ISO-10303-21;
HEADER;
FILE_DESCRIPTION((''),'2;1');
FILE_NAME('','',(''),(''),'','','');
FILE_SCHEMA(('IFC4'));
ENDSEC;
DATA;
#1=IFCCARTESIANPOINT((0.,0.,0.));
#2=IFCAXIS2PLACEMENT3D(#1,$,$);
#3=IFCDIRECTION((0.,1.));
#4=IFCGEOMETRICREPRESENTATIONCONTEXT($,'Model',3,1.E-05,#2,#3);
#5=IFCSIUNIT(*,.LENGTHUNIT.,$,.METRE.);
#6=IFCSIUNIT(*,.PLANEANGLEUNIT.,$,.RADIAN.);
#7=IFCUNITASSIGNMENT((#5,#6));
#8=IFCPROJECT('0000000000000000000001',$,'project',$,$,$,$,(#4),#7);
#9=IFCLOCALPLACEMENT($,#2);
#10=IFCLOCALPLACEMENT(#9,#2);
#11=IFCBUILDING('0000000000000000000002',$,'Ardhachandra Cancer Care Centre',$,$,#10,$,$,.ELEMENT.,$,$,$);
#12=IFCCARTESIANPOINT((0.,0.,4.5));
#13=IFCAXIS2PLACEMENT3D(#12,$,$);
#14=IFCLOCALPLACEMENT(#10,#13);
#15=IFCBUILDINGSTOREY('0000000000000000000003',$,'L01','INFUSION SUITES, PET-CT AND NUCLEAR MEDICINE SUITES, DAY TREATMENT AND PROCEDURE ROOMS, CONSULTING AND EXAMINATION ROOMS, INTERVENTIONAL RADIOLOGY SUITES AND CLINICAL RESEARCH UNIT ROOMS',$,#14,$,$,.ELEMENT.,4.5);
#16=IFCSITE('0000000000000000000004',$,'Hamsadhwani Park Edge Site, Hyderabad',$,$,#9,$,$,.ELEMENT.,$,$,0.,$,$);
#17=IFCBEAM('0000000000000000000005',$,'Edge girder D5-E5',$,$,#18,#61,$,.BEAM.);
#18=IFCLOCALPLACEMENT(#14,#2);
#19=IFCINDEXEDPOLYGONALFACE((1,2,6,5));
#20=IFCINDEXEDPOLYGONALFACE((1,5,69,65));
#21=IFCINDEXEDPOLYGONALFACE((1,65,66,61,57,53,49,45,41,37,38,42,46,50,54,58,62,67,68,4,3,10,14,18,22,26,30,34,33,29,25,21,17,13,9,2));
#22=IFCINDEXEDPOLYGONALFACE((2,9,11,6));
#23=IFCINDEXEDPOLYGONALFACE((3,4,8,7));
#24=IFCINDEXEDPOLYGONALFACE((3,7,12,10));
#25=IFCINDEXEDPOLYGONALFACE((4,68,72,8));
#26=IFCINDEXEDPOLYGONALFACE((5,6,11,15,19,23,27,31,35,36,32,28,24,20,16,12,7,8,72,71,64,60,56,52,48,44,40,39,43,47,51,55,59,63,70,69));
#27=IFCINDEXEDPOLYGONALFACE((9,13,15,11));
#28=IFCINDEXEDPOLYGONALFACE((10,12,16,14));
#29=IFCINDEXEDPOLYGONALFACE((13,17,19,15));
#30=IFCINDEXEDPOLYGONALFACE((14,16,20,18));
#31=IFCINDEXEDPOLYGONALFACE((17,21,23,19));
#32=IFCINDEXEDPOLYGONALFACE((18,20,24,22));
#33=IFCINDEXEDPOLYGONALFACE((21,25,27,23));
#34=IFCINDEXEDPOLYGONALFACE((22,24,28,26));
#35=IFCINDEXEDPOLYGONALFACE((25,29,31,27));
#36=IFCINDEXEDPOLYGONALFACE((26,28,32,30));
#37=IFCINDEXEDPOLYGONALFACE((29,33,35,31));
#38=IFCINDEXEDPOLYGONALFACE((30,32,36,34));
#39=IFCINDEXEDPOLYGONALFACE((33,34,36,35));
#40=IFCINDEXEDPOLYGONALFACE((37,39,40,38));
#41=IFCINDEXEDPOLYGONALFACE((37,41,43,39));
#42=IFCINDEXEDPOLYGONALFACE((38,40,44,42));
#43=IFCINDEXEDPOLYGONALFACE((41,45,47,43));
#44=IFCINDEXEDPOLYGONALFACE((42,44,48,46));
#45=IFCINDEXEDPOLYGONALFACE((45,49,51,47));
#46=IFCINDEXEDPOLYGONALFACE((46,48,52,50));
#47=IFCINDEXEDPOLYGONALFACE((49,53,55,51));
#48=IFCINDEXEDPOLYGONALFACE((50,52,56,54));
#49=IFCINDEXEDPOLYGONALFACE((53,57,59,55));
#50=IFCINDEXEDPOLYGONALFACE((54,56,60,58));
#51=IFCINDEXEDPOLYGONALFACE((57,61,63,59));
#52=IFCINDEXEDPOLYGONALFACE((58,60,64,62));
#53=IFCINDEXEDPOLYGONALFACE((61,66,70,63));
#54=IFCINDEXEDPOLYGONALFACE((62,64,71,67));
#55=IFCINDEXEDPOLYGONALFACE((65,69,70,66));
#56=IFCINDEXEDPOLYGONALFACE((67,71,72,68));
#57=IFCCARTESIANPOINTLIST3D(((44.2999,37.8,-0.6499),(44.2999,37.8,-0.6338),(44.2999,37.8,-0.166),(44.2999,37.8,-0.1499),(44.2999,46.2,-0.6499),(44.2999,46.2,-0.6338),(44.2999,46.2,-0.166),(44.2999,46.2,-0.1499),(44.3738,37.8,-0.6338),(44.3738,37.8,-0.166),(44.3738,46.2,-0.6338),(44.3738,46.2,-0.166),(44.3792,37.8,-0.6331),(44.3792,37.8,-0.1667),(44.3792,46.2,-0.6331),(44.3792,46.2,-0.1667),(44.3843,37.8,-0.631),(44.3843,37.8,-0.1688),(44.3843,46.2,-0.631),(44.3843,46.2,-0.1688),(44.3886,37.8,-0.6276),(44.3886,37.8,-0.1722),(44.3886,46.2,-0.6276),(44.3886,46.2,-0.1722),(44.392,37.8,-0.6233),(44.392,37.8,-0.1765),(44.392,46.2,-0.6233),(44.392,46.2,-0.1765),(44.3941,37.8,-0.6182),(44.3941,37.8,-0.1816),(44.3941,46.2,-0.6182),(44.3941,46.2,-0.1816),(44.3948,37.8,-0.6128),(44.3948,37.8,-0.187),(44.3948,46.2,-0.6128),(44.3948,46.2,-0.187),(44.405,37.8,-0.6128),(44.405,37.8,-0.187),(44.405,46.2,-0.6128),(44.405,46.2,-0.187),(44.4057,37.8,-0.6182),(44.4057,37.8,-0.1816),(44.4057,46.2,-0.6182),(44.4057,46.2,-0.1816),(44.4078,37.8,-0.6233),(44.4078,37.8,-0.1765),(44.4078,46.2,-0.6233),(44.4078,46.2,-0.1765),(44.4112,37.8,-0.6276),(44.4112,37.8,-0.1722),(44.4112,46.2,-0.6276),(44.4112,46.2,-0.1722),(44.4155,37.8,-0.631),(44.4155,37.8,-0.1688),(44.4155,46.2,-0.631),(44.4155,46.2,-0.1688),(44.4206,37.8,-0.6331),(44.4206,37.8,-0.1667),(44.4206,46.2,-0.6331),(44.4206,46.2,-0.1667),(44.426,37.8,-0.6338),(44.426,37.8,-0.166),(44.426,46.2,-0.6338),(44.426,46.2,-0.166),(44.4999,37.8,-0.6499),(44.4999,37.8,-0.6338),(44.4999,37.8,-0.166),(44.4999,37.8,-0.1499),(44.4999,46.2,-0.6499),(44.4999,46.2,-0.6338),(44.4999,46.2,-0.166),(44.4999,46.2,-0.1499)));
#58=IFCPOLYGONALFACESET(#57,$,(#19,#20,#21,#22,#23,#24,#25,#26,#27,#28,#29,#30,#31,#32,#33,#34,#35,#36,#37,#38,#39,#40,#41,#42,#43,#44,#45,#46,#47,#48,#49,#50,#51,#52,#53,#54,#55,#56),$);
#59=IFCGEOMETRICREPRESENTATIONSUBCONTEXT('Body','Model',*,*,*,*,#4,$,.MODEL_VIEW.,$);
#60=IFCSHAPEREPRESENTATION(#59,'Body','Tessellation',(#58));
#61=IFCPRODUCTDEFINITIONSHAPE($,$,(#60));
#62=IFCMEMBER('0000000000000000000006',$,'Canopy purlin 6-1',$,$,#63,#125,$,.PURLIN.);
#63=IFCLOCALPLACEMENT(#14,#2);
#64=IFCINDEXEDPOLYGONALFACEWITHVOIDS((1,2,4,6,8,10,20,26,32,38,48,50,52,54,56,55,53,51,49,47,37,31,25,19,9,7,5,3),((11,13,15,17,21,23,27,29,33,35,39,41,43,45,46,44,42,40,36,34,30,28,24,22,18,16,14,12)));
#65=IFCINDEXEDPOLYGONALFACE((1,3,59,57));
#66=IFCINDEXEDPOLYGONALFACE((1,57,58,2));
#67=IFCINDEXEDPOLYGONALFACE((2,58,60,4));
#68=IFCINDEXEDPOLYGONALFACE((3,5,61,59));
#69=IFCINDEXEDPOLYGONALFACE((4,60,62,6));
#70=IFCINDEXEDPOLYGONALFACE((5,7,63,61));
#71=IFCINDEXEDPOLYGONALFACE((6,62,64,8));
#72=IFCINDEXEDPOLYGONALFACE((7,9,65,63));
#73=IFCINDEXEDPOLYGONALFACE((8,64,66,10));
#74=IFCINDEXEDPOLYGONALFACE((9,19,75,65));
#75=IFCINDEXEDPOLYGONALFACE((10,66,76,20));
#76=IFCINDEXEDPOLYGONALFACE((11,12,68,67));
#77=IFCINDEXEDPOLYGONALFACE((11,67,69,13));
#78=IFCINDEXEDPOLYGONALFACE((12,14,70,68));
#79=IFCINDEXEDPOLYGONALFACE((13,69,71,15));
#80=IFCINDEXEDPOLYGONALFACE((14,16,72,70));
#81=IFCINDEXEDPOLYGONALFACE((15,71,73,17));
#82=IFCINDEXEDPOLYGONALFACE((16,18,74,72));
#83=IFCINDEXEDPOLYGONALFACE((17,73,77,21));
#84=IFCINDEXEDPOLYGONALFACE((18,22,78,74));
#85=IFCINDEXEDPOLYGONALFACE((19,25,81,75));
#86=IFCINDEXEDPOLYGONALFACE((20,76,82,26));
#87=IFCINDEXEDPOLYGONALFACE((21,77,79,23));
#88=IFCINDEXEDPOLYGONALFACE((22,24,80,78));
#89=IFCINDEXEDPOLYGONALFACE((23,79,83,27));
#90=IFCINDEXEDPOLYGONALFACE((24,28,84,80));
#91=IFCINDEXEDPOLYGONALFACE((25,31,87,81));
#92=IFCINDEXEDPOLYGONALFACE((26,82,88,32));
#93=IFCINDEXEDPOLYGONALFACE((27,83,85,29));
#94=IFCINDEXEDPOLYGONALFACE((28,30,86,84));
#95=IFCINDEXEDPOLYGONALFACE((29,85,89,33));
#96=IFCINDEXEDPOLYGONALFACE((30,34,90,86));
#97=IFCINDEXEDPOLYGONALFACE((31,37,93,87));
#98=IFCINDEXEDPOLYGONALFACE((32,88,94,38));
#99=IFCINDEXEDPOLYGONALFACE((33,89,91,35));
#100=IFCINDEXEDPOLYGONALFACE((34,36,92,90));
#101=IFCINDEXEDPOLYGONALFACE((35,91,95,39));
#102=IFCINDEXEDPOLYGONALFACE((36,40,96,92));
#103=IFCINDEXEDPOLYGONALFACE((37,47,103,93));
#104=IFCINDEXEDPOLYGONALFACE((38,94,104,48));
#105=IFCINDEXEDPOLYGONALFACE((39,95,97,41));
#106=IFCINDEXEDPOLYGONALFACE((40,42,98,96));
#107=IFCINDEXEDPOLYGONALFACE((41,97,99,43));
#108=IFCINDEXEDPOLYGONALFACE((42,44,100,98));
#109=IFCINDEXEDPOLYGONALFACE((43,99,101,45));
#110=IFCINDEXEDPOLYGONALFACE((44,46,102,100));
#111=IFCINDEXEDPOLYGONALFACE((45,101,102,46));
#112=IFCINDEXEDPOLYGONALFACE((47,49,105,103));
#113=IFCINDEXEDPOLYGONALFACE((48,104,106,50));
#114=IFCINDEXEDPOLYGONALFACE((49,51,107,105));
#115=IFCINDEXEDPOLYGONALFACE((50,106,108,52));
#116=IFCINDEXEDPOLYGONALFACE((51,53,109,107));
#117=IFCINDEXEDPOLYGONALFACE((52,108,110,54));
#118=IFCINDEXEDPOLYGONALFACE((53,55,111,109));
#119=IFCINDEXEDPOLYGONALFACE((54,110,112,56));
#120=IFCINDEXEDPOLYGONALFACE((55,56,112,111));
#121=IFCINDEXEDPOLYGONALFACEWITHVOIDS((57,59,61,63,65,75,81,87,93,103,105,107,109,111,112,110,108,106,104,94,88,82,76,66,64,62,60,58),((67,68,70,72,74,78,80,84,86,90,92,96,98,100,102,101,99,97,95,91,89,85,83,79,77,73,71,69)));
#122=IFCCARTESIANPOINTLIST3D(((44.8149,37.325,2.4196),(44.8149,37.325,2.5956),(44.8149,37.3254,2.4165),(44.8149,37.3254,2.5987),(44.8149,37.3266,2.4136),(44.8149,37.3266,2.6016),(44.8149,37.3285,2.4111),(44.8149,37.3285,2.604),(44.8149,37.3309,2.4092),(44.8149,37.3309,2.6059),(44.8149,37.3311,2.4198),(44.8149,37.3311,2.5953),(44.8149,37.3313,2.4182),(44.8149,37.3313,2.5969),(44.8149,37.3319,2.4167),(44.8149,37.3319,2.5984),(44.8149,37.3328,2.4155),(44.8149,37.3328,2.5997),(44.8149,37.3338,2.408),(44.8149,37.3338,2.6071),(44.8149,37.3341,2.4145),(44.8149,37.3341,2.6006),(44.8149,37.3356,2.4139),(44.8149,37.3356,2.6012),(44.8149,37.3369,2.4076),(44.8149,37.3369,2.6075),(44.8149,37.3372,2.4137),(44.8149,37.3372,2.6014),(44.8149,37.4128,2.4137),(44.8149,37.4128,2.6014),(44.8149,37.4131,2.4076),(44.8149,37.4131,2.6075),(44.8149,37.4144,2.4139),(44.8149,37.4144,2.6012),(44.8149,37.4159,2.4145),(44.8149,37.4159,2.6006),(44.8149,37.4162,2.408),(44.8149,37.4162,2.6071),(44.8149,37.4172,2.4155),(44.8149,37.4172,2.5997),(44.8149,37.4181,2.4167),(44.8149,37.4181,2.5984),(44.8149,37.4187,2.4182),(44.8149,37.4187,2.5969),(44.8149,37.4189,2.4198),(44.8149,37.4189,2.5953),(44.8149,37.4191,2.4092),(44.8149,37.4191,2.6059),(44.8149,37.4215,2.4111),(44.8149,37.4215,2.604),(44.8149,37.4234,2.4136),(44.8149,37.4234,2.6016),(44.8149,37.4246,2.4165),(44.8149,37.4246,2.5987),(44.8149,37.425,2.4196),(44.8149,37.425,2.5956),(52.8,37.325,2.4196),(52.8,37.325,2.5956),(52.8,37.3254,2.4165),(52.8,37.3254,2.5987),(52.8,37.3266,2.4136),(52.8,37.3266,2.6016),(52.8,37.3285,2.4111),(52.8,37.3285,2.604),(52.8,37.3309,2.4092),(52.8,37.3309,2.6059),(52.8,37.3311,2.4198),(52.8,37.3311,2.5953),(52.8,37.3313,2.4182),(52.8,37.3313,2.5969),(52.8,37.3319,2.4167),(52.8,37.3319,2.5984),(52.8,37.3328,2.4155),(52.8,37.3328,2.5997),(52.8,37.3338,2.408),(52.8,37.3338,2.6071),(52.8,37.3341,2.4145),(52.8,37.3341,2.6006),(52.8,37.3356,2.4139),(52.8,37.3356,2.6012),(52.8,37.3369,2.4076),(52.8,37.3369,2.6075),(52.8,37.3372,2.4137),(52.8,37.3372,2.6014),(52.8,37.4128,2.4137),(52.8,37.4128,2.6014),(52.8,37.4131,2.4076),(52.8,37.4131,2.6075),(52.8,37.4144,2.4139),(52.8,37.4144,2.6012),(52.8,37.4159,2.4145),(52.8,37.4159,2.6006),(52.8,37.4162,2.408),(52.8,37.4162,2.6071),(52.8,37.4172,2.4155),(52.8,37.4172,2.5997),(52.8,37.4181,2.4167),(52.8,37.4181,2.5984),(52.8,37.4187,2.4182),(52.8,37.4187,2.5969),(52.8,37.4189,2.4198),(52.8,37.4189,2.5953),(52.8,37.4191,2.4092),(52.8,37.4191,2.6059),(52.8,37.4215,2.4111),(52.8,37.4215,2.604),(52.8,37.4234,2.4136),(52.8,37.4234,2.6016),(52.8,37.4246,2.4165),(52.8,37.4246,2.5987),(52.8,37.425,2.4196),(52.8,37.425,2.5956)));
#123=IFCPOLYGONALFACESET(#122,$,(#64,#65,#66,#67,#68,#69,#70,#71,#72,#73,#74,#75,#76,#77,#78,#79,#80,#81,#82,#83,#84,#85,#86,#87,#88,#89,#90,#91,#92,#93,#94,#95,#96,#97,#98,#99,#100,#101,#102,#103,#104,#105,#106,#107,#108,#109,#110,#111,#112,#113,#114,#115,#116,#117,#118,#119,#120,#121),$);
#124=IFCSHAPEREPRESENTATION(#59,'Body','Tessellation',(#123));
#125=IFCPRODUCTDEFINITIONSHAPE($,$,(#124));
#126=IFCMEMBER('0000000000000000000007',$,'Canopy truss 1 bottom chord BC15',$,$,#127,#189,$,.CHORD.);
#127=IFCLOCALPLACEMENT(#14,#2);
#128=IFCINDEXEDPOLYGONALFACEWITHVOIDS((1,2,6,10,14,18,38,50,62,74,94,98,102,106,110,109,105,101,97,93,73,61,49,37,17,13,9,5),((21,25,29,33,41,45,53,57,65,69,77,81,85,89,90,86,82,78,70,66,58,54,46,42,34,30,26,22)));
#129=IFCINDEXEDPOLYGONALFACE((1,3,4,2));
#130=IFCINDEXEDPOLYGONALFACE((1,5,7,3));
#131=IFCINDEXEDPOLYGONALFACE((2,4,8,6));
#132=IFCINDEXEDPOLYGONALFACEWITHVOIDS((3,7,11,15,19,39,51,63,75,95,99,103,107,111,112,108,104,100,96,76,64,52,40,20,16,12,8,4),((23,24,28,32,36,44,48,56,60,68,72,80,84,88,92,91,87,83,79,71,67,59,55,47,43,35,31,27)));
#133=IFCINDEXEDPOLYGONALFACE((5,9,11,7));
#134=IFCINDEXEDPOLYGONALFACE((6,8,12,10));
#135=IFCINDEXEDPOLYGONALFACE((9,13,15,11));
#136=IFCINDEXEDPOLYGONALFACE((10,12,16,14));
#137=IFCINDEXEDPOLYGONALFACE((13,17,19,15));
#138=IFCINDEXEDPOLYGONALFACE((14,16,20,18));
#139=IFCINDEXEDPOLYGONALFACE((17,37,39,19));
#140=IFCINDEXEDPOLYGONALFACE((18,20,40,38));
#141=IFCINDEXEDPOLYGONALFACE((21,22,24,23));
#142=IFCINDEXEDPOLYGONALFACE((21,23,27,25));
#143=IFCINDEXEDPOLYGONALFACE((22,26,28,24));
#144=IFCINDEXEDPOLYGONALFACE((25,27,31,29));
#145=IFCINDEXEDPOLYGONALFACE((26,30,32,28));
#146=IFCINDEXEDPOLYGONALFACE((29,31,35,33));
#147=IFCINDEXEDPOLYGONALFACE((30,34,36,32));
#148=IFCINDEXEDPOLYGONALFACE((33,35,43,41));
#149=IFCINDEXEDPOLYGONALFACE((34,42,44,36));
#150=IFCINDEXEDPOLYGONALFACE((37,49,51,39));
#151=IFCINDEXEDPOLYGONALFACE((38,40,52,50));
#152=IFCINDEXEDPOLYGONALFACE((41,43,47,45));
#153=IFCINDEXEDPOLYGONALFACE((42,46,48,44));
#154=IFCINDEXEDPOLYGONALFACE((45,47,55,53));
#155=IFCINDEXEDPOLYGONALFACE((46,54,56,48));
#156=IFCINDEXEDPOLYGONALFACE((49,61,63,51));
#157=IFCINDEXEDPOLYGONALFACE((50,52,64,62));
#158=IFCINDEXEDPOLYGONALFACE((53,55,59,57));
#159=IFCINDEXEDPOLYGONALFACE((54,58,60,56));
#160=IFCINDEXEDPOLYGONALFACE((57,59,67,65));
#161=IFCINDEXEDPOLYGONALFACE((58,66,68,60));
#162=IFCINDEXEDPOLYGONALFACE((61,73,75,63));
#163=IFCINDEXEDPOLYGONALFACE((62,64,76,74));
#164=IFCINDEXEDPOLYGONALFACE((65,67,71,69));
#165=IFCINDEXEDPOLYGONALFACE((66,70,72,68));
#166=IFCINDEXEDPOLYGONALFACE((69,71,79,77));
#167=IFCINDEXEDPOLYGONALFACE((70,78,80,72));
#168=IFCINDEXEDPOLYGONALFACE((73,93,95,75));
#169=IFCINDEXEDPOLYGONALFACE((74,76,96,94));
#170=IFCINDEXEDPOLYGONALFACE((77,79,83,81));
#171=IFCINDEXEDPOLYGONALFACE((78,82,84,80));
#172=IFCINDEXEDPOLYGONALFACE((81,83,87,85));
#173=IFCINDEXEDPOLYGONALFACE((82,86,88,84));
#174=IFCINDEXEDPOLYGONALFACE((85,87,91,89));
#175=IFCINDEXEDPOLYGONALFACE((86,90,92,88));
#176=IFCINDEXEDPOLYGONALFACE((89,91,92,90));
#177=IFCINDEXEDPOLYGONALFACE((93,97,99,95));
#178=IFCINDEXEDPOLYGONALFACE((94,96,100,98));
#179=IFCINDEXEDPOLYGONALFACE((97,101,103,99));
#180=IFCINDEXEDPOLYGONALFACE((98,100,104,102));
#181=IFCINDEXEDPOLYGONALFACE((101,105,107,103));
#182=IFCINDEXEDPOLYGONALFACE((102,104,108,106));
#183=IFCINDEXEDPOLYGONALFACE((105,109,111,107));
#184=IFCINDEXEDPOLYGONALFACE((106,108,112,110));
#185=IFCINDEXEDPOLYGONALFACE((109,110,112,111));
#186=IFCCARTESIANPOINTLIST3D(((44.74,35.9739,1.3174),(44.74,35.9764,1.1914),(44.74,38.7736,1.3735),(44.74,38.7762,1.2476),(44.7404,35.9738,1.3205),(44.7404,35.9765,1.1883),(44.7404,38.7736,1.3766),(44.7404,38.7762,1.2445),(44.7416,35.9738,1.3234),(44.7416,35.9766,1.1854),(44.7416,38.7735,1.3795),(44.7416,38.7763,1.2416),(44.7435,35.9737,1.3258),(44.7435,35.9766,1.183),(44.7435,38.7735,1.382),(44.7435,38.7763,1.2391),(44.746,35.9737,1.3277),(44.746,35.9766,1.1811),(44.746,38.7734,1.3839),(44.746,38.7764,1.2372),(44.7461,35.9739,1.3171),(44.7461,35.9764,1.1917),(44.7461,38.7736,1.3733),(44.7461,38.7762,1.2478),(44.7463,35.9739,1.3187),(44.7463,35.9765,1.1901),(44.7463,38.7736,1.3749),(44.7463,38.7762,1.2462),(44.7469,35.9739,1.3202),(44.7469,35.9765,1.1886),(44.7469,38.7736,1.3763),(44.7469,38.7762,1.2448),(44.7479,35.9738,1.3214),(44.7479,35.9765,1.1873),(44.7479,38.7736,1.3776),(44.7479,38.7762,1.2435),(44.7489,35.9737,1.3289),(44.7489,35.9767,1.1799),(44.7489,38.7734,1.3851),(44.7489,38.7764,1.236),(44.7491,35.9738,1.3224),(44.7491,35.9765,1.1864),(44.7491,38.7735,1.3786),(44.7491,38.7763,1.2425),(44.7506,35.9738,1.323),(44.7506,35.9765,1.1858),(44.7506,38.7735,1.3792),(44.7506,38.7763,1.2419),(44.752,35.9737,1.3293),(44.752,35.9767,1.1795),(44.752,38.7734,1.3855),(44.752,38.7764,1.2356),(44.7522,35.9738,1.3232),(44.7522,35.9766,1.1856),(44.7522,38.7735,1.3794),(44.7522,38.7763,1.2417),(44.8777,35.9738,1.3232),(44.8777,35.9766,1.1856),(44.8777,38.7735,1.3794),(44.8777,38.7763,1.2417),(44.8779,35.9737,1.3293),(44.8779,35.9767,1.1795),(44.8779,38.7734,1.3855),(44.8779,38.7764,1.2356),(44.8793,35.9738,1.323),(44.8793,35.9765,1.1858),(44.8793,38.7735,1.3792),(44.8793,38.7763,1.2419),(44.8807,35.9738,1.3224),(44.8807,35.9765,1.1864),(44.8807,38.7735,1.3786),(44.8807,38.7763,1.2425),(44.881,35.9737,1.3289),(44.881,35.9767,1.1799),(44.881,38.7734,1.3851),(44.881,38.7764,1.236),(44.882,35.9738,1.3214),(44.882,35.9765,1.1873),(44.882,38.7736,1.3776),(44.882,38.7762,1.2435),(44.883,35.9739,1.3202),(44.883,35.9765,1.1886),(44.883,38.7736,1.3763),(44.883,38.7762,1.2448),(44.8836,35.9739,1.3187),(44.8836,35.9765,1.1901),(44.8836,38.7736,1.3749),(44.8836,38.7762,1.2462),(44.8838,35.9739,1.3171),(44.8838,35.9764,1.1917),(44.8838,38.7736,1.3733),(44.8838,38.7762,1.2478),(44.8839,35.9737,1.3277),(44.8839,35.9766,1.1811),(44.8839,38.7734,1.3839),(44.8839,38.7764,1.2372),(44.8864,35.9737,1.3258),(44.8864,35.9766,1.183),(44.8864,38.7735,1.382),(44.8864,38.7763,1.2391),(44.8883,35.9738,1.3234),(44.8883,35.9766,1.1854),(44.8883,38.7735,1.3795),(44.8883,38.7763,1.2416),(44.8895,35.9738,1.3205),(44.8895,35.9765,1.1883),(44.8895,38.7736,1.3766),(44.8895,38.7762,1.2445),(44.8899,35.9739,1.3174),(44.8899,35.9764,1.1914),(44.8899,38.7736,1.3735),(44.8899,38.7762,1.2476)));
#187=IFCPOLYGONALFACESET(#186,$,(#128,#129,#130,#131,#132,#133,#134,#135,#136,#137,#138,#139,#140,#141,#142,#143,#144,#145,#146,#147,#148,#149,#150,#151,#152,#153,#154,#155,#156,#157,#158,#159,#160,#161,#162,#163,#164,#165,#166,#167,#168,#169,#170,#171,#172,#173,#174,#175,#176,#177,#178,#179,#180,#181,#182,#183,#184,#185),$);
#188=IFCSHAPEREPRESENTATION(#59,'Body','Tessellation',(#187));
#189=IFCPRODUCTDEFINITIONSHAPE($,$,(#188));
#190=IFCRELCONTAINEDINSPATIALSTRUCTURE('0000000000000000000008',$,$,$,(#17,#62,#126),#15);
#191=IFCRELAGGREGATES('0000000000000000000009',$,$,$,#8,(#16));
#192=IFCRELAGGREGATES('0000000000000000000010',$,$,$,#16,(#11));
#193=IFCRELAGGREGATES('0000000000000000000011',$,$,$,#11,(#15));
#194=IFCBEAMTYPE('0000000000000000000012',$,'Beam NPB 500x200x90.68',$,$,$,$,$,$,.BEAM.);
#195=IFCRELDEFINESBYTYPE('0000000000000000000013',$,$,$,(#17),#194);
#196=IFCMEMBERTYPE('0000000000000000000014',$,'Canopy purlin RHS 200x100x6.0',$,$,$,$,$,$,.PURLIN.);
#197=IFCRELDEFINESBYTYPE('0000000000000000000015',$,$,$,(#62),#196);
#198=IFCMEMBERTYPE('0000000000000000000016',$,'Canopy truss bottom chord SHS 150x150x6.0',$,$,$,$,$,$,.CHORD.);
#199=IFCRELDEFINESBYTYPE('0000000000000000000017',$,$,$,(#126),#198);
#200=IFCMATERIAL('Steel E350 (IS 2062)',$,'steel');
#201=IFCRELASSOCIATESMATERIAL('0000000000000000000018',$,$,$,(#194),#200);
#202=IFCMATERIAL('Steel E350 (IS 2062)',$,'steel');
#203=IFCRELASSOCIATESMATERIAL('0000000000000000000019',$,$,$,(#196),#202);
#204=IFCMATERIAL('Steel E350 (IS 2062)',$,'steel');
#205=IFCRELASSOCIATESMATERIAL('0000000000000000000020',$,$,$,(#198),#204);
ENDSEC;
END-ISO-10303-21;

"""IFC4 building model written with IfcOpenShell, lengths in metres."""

from ifc_helpers import new_model, si_unit, direction, frame, origin, origin_2d, place, context, subcontext, project, spatial, hollow_rectangle, i_section, extrude, material, material_profile, profile_set, type_object, element, save


model = new_model("IFC4")

# Units and contexts
model_context = context("Model", 3, precision=1e-05, world=origin(), true_north=direction((0.0, 1.0)))
body_context = subcontext(model_context, "Body", "Model", "MODEL_VIEW")
ifc_project = project(units=[si_unit("LENGTHUNIT", "METRE"), si_unit("PLANEANGLEUNIT", "RADIAN")], contexts=[model_context])

# Site, building, storey
site_placement = place(None, origin())
site = spatial("IfcSite", under=ifc_project, at=site_placement, Name="Hamsadhwani Park Edge Site, Hyderabad", CompositionType="ELEMENT", RefElevation=0.0)
building_placement = place(site_placement, origin())
building = spatial("IfcBuilding", under=site, at=building_placement, Name="Ardhachandra Cancer Care Centre", CompositionType="ELEMENT")
storey_placement = place(building_placement, frame((0.0, 0.0, 4.5)))
storey = spatial("IfcBuildingStorey", under=building, at=storey_placement, Name="L01", Description="INFUSION SUITES, PET-CT AND NUCLEAR MEDICINE SUITES, DAY TREATMENT AND PROCEDURE ROOMS, CONSULTING AND EXAMINATION ROOMS, INTERVENTIONAL RADIOLOGY SUITES AND CLINICAL RESEARCH UNIT ROOMS", CompositionType="ELEMENT", Elevation=4.5)

# Beam
ifc_material_1 = material(Name="Steel E350 (IS 2062)", Category="steel")
ifc_material_profile_1 = material_profile(ifc_material_1, i_section(OverallWidth=0.2, OverallDepth=0.5, WebThickness=0.0103, FlangeThickness=0.0161, FilletRadius=0.021, at=origin_2d()), Name="NPB 500x200x90.68")
ifc_profile_set_1 = profile_set([ifc_material_profile_1], Name="Steel E350 (IS 2062)")
beam_type = type_object("IfcBeamType", Name="Beam NPB 500x200x90.68", PredefinedType="BEAM", material=ifc_profile_set_1)
beam_placement = place(storey_placement, frame((44.3999, 37.8, -0.3999), z_axis=(0.0, 1.0, 0.0), x_axis=(-1.0, 0.0, 0.0)))
element("IfcBeam", 1, at=beam_placement, inside=storey, type_object=beam_type, Name="Edge girder D5-E5", PredefinedType="BEAM", context=body_context, shape_type="SweptSolid", body=[
    extrude(i_section(OverallWidth=0.2, OverallDepth=0.5, WebThickness=0.0103, FlangeThickness=0.0161, FilletRadius=0.021, at=origin_2d()), origin(), (0.0, 0.0, 1.0), 8.3999),
])

# Members
ifc_material_2 = material(Name="Steel E350 (IS 2062)", Category="steel")
ifc_material_profile_2 = material_profile(ifc_material_2, hollow_rectangle(XDim=0.1001, YDim=0.2, WallThickness=0.0061, InnerFilletRadius=0.0061, OuterFilletRadius=0.012, at=origin_2d()), Name="RHS 200x100x6.0")
ifc_profile_set_2 = profile_set([ifc_material_profile_2], Name="Steel E350 (IS 2062)")
member_type_1 = type_object("IfcMemberType", Name="Canopy purlin RHS 200x100x6.0", PredefinedType="PURLIN", material=ifc_profile_set_2)
member_1_placement = place(storey_placement, frame((44.8149, 37.375, 2.5076), z_axis=(1.0, 0.0, 0.0), x_axis=(0.0, 1.0, 0.0)))
element("IfcMember", 2, at=member_1_placement, inside=storey, type_object=member_type_1, Name="Canopy purlin 6-1", PredefinedType="PURLIN", context=body_context, shape_type="SweptSolid", body=[
    extrude(hollow_rectangle(XDim=0.1001, YDim=0.2, WallThickness=0.0061, InnerFilletRadius=0.0061, OuterFilletRadius=0.012, at=origin_2d()), origin(), (0.0, 0.0, 1.0), 7.9851),
])
ifc_material_3 = material(Name="Steel E350 (IS 2062)", Category="steel")
ifc_material_profile_3 = material_profile(ifc_material_3, hollow_rectangle(XDim=0.1499, YDim=0.1499, WallThickness=0.0061, InnerFilletRadius=0.0061, OuterFilletRadius=0.012, at=origin_2d()), Name="SHS 150x150x6.0")
ifc_profile_set_3 = profile_set([ifc_material_profile_3], Name="Steel E350 (IS 2062)")
member_type_2 = type_object("IfcMemberType", Name="Canopy truss bottom chord SHS 150x150x6.0", PredefinedType="CHORD", material=ifc_profile_set_3)
member_2_placement = place(storey_placement, frame((44.8149, 38.7749, 1.3105), z_axis=(0.0, -0.999799, -0.020052), x_axis=(1.0, 0.0, 0.0)))
element("IfcMember", 3, at=member_2_placement, inside=storey, type_object=member_type_2, Name="Canopy truss 1 bottom chord BC15", PredefinedType="CHORD", context=body_context, shape_type="SweptSolid", body=[
    extrude(hollow_rectangle(XDim=0.1499, YDim=0.1499, WallThickness=0.0061, InnerFilletRadius=0.0061, OuterFilletRadius=0.012, at=origin_2d()), origin(), (0.0, 0.0, 1.0), 2.8003),
])

save(model, "model.ifc")
